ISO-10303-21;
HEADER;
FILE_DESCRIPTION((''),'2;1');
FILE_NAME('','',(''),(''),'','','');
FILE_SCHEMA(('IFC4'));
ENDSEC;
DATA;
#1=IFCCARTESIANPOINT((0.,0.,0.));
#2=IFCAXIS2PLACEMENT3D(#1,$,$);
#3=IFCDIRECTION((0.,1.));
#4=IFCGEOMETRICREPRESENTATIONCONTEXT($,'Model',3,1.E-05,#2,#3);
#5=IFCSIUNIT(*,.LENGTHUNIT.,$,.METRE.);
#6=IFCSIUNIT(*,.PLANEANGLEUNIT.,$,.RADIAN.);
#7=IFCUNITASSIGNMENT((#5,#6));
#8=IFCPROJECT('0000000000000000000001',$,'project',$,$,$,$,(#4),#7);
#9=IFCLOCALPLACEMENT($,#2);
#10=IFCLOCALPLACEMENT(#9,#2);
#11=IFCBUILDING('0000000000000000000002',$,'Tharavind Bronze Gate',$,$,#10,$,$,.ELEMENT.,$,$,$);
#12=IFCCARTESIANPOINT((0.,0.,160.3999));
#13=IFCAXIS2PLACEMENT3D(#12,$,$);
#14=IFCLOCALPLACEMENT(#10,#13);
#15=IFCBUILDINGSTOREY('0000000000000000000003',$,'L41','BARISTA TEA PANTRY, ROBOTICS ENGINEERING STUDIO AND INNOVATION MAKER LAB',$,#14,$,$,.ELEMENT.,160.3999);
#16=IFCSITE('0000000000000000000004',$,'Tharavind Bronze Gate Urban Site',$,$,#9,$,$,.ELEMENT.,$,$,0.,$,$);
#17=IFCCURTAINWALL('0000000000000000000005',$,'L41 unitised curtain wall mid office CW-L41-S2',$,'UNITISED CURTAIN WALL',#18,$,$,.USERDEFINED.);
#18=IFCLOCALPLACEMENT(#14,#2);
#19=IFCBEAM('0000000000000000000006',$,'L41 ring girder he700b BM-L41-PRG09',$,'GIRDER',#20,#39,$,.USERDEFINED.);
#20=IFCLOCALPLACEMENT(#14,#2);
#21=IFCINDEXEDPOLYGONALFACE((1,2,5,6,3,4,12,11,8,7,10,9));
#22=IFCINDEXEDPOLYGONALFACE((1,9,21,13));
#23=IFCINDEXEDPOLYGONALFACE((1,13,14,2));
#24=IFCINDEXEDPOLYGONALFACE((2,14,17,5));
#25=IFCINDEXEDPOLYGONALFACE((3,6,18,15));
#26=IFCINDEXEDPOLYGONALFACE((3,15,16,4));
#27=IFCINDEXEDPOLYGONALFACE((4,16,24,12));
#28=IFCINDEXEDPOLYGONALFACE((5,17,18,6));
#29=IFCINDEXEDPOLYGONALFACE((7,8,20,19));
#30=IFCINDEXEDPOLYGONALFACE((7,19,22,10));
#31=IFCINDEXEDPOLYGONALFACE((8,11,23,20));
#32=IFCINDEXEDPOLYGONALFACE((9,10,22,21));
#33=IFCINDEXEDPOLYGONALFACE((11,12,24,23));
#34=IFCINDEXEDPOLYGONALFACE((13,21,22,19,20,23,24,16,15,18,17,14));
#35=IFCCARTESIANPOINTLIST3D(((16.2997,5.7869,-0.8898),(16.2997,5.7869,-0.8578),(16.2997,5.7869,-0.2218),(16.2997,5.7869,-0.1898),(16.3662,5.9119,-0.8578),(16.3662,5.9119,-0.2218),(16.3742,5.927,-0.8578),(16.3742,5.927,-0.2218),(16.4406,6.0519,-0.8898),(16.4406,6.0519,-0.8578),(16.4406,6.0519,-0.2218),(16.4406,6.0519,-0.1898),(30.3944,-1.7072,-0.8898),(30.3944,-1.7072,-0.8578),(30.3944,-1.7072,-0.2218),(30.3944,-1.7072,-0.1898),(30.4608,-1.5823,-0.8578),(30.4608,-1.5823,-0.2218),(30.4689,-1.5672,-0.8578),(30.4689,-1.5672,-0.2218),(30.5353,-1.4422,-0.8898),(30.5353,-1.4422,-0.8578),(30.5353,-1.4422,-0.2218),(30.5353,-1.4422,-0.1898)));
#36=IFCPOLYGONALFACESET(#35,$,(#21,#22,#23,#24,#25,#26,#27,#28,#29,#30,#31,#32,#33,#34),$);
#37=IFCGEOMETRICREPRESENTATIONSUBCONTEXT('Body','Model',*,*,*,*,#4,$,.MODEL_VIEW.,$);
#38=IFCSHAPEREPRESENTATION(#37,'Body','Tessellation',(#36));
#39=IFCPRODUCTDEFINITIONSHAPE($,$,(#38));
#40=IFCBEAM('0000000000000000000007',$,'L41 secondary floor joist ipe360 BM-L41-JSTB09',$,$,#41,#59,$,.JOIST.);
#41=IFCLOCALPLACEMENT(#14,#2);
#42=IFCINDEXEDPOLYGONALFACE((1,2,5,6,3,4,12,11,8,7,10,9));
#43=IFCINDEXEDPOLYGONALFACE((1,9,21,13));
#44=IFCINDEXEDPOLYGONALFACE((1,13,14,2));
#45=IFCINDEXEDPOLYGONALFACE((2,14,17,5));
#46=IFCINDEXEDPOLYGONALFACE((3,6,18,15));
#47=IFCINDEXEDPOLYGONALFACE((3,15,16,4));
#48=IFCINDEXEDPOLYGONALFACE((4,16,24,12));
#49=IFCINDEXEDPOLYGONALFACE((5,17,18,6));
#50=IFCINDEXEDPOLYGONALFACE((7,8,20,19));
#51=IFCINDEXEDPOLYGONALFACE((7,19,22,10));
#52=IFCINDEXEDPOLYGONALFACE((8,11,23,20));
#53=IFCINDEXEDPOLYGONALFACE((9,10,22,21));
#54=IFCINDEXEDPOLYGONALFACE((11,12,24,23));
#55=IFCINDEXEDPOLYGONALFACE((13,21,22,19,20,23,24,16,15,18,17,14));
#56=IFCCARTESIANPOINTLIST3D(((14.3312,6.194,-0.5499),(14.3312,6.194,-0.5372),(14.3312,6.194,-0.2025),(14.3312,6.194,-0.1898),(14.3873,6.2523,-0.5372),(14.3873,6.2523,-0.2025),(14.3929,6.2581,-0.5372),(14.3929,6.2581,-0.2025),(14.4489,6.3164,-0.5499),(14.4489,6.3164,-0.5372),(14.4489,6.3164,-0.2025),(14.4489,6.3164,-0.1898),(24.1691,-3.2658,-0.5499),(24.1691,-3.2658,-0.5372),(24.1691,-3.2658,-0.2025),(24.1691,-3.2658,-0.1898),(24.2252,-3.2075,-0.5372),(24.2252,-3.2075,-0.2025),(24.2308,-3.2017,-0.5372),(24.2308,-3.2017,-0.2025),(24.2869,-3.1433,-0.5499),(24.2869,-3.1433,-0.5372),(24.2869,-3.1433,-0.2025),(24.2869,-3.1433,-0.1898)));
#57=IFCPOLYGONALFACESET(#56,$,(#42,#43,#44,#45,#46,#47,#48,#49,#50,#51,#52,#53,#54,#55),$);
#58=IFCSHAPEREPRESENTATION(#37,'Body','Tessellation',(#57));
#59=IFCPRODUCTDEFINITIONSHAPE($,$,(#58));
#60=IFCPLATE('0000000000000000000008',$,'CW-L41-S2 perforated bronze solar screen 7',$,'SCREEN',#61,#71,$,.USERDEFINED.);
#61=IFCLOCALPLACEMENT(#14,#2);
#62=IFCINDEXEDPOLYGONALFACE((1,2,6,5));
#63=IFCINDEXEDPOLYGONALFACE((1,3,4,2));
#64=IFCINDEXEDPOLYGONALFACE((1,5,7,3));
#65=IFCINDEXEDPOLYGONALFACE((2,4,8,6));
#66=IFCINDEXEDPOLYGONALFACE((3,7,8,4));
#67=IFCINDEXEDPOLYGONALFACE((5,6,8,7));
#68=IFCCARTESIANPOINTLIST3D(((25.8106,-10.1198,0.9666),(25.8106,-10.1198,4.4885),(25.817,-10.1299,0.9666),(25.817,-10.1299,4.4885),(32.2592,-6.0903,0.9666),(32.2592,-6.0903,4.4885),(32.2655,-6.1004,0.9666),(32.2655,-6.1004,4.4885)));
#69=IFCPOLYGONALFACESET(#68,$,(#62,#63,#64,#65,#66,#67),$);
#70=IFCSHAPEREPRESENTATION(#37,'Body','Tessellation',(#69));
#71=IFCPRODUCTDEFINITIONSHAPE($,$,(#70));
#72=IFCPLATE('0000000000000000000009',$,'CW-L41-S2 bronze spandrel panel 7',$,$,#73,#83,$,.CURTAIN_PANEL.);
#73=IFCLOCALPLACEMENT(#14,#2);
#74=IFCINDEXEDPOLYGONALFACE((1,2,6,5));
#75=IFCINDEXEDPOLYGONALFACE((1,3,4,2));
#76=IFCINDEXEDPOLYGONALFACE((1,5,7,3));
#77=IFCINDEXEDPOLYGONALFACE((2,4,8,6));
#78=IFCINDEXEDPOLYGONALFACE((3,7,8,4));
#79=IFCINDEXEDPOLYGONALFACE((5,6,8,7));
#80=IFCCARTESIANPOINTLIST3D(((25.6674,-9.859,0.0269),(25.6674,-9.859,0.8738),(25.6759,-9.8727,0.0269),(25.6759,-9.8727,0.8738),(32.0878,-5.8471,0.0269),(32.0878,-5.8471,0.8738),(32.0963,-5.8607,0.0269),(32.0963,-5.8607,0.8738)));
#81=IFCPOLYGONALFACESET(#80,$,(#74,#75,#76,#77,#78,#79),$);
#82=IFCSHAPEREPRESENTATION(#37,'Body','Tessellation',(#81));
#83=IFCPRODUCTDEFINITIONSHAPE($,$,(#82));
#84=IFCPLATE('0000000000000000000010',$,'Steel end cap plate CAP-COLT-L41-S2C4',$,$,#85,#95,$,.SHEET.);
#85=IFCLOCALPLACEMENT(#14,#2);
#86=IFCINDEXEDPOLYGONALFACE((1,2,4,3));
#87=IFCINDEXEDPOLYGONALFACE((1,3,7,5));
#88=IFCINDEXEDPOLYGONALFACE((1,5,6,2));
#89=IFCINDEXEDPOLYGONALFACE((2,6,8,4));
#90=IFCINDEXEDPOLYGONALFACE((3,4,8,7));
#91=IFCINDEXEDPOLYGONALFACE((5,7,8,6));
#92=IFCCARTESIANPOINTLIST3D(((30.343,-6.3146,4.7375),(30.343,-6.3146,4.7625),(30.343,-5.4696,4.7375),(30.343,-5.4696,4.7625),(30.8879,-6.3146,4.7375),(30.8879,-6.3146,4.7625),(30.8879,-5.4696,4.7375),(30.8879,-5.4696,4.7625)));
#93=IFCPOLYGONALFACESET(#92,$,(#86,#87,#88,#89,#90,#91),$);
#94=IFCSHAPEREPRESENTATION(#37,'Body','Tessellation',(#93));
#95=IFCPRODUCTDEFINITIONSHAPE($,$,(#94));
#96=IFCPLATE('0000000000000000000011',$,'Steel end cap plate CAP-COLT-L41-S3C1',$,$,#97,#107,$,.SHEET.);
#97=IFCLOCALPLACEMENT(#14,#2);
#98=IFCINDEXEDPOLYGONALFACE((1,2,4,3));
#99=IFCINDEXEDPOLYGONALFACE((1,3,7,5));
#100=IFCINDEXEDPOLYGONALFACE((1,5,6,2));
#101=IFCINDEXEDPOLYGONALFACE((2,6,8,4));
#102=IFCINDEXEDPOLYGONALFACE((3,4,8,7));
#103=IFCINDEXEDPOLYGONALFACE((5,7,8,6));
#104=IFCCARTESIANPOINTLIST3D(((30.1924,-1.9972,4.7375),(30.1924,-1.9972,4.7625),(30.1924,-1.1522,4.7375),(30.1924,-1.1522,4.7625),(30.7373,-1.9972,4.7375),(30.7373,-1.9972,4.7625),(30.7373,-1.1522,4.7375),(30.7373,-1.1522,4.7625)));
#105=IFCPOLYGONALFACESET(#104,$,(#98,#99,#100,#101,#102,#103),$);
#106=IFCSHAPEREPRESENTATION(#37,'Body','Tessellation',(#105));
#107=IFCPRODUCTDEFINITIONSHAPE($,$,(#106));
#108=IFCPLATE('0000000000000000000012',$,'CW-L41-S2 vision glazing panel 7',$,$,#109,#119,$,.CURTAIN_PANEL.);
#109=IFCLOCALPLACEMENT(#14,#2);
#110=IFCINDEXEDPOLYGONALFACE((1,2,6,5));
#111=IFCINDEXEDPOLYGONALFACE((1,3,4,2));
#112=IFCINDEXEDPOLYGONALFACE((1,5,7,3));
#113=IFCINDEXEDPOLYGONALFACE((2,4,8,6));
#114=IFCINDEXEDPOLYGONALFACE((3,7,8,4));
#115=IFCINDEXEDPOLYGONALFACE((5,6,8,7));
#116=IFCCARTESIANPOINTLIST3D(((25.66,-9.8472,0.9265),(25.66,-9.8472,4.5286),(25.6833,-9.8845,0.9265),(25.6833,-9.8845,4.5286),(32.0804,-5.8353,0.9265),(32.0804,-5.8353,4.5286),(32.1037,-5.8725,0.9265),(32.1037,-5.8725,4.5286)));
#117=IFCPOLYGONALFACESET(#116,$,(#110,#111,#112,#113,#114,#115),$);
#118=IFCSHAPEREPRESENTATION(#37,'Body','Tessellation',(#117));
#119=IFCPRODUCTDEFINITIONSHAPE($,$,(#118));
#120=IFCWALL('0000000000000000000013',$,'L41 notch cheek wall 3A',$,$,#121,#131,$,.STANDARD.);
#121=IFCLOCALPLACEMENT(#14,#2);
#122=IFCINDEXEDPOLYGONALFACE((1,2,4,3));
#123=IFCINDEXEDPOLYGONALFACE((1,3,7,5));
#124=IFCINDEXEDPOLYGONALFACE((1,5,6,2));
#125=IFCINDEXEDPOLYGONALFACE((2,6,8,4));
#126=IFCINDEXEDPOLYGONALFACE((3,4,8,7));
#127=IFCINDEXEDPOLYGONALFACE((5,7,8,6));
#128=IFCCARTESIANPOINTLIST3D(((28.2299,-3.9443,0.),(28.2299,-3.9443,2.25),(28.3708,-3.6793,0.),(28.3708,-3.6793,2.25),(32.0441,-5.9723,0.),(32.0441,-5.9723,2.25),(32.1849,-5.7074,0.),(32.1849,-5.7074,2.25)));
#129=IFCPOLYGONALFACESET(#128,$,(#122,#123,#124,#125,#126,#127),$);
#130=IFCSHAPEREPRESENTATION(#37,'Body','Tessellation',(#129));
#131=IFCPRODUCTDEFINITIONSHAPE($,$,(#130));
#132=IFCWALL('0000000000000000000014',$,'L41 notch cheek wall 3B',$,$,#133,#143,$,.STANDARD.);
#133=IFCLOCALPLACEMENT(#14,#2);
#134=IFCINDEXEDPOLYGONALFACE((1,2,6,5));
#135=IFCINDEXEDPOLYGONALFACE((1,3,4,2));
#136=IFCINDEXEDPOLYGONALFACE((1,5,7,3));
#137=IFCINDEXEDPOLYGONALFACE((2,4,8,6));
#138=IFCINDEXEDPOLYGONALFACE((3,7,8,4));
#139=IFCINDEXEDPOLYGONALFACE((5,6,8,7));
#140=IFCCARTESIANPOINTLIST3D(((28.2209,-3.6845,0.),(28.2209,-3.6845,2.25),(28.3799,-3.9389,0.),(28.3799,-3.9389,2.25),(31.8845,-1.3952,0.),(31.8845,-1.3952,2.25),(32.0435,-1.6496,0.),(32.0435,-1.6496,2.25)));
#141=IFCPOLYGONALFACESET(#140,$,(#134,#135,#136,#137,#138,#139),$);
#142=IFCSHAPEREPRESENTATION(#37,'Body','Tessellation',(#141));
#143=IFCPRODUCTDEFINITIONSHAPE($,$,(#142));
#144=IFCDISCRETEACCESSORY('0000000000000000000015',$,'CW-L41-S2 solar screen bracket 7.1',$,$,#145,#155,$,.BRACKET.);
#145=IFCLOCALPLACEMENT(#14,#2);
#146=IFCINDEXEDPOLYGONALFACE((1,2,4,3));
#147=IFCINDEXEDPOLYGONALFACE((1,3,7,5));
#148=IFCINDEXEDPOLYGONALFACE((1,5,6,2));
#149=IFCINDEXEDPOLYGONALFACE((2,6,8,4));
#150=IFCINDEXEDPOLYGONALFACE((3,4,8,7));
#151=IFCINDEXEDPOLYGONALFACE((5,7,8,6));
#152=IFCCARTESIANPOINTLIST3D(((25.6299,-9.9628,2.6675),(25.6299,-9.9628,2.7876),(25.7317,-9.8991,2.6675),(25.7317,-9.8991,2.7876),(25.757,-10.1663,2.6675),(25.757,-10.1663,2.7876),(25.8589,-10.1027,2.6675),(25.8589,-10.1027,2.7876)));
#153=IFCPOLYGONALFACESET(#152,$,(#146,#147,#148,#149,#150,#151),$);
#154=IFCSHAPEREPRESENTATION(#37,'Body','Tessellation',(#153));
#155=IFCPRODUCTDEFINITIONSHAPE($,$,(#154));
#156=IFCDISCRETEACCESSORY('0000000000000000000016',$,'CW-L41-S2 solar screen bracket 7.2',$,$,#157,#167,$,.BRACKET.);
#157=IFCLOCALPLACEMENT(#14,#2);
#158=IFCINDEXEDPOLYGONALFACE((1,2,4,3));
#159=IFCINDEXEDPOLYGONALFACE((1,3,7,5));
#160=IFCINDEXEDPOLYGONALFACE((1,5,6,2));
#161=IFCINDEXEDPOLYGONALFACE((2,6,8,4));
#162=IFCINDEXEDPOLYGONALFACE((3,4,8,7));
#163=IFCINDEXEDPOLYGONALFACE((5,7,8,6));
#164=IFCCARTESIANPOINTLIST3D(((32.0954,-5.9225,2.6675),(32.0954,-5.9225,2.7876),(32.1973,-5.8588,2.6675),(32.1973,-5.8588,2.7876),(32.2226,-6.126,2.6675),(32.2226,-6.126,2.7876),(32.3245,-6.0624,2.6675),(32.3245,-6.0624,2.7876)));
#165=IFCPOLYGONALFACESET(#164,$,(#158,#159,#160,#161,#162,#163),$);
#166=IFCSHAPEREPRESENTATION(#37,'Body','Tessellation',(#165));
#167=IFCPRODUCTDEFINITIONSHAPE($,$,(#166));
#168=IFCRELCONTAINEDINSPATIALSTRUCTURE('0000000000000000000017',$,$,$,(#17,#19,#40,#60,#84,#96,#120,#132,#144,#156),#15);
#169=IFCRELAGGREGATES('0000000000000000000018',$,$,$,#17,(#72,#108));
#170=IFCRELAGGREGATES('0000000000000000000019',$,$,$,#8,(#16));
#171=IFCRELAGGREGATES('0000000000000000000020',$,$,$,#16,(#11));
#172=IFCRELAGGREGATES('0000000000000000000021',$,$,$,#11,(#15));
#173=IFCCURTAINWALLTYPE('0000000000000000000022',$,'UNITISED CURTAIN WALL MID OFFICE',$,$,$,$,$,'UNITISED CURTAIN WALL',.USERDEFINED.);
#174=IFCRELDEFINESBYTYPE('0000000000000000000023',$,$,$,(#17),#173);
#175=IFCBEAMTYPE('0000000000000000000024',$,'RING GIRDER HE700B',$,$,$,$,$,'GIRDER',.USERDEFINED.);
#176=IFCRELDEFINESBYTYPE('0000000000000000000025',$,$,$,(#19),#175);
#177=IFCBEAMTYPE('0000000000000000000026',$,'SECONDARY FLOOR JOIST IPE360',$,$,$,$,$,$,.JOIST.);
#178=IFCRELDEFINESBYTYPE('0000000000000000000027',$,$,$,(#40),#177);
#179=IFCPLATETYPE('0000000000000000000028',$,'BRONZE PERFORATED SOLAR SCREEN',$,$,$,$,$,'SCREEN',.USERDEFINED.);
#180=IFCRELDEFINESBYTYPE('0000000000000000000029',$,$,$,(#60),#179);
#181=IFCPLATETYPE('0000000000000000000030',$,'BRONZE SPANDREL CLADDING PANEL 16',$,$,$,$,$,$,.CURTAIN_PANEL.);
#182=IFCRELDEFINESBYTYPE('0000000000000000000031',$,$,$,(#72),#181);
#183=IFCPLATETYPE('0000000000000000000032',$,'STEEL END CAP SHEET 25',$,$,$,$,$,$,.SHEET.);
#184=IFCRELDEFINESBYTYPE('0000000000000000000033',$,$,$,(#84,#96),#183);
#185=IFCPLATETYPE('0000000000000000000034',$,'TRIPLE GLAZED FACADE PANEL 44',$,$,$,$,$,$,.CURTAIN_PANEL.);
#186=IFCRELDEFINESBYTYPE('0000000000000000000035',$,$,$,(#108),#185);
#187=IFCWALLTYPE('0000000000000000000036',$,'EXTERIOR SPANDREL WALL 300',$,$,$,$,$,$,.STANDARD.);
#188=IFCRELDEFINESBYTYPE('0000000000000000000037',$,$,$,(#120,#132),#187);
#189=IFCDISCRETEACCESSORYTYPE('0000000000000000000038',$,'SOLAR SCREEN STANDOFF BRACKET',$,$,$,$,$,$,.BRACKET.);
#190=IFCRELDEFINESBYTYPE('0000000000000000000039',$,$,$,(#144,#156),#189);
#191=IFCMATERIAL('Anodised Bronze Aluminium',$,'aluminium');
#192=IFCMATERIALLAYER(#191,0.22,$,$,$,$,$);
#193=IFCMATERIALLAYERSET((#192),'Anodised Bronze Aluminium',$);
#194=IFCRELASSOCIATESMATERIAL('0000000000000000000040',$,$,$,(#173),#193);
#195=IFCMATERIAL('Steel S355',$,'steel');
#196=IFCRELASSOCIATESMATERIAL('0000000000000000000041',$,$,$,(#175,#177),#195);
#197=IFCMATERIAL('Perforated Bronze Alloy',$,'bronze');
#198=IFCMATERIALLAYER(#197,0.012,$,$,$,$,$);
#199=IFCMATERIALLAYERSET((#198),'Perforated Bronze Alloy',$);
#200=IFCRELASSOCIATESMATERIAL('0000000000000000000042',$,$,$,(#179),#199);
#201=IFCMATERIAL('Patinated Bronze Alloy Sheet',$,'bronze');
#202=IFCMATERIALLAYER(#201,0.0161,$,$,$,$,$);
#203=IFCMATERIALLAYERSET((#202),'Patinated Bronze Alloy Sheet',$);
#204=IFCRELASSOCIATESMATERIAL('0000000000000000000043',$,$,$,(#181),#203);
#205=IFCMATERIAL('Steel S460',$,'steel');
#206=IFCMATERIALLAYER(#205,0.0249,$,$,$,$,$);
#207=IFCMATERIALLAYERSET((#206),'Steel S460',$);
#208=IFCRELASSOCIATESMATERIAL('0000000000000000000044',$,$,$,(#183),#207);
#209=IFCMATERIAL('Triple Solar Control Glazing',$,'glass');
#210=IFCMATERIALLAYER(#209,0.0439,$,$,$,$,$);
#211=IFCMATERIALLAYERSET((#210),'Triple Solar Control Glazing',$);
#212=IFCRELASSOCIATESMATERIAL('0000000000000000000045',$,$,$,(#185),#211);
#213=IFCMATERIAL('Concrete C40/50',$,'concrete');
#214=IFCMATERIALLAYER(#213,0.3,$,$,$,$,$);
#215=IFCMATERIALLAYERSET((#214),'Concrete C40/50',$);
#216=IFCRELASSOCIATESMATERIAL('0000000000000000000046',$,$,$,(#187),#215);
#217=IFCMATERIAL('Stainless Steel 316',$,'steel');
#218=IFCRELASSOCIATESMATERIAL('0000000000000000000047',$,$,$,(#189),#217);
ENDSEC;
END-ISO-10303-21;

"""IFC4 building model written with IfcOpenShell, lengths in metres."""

from ifc_helpers import new_model, si_unit, direction, frame, frame_2d, origin, origin_2d, place, context, subcontext, project, spatial, rectangle, i_section, extrude, material, layer, layer_set, material_profile, profile_set, type_object, element, aggregate, save


model = new_model("IFC4")

# Units and contexts
model_context = context("Model", 3, precision=1e-05, world=origin(), true_north=direction((0.0, 1.0)))
body_context = subcontext(model_context, "Body", "Model", "MODEL_VIEW")
ifc_project = project(units=[si_unit("LENGTHUNIT", "METRE"), si_unit("PLANEANGLEUNIT", "RADIAN")], contexts=[model_context])

# Site, building, storey
site_placement = place(None, origin())
site = spatial("IfcSite", under=ifc_project, at=site_placement, Name="Tharavind Bronze Gate Urban Site", CompositionType="ELEMENT", RefElevation=0.0)
building_placement = place(site_placement, origin())
building = spatial("IfcBuilding", under=site, at=building_placement, Name="Tharavind Bronze Gate", CompositionType="ELEMENT")
storey_placement = place(building_placement, frame((0.0, 0.0, 160.3999)))
storey = spatial("IfcBuildingStorey", under=building, at=storey_placement, Name="L41", Description="BARISTA TEA PANTRY, ROBOTICS ENGINEERING STUDIO AND INNOVATION MAKER LAB", CompositionType="ELEMENT", Elevation=160.3999)

# Shared definitions
ifc_material_1 = material(Name="Steel S460", Category="steel")

# Curtain wall
ifc_material_2 = material(Name="Anodised Bronze Aluminium", Category="aluminium")
ifc_layer_1 = layer(ifc_material_2, 0.22)
ifc_layer_set_1 = layer_set([ifc_layer_1], Name="Anodised Bronze Aluminium")
curtain_wall_type = type_object("IfcCurtainWallType", Name="UNITISED CURTAIN WALL MID OFFICE", ElementType="UNITISED CURTAIN WALL", PredefinedType="USERDEFINED", material=ifc_layer_set_1)
curtain_wall_1_placement = place(storey_placement, origin())
curtain_wall_1 = element("IfcCurtainWall", 1, at=curtain_wall_1_placement, inside=storey, type_object=curtain_wall_type, Name="L41 unitised curtain wall mid office CW-L41-S2", ObjectType="UNITISED CURTAIN WALL", PredefinedType="USERDEFINED")

# Beams
ifc_material_3 = material(Name="Steel S355", Category="steel")
ifc_material_profile_1 = material_profile(ifc_material_3, i_section(OverallWidth=0.3, OverallDepth=0.7, WebThickness=0.0171, FlangeThickness=0.032, at=origin_2d()), Name="HE700B")
ifc_profile_set_1 = profile_set([ifc_material_profile_1], Name="Steel S355")
beam_type_1 = type_object("IfcBeamType", Name="RING GIRDER HE700B", ElementType="GIRDER", PredefinedType="USERDEFINED", material=ifc_profile_set_1)
beam_1_placement = place(storey_placement, frame((30.4648, -1.5747, -0.5398), z_axis=(-0.882952, 0.469464, 0.0), x_axis=(-0.469464, -0.882952, 0.0)))
element("IfcBeam", 2, at=beam_1_placement, inside=storey, type_object=beam_type_1, Name="L41 ring girder he700b BM-L41-PRG09", ObjectType="GIRDER", PredefinedType="USERDEFINED", context=body_context, shape_type="SweptSolid", body=[
    extrude(i_section(OverallWidth=0.3, OverallDepth=0.7, WebThickness=0.0171, FlangeThickness=0.032, at=origin_2d()), origin(), (0.0, 0.0, 1.0), 15.9631),
])
ifc_material_profile_2 = material_profile(ifc_material_3, i_section(OverallWidth=0.1699, OverallDepth=0.3601, WebThickness=0.0081, FlangeThickness=0.0127, at=origin_2d()), Name="IPE360")
ifc_profile_set_2 = profile_set([ifc_material_profile_2], Name="Steel S355")
beam_type_2 = type_object("IfcBeamType", Name="SECONDARY FLOOR JOIST IPE360", PredefinedType="JOIST", material=ifc_profile_set_2)
beam_2_placement = place(storey_placement, frame((24.228, -3.2046, -0.3699), z_axis=(-0.720826, 0.693117, 0.0), x_axis=(-0.693117, -0.720826, 0.0)))
element("IfcBeam", 3, at=beam_2_placement, inside=storey, type_object=beam_type_2, Name="L41 secondary floor joist ipe360 BM-L41-JSTB09", PredefinedType="JOIST", context=body_context, shape_type="SweptSolid", body=[
    extrude(i_section(OverallWidth=0.1699, OverallDepth=0.3601, WebThickness=0.0081, FlangeThickness=0.0127, at=origin_2d()), origin(), (0.0, 0.0, 1.0), 13.6482),
])

# Plates
ifc_material_4 = material(Name="Perforated Bronze Alloy", Category="bronze")
ifc_layer_2 = layer(ifc_material_4, 0.012)
ifc_layer_set_2 = layer_set([ifc_layer_2], Name="Perforated Bronze Alloy")
plate_type_1 = type_object("IfcPlateType", Name="BRONZE PERFORATED SOLAR SCREEN", ElementType="SCREEN", PredefinedType="USERDEFINED", material=ifc_layer_set_2)
plate_1_placement = place(storey_placement, frame((29.0381, -8.1101, 0.9666), z_axis=(0.0, 0.0, 1.0), x_axis=(0.848048, 0.529919, 0.0)))
element("IfcPlate", 4, at=plate_1_placement, inside=storey, type_object=plate_type_1, Name="CW-L41-S2 perforated bronze solar screen 7", ObjectType="SCREEN", PredefinedType="USERDEFINED", context=body_context, shape_type="SweptSolid", body=[
    extrude(rectangle(XDim=7.604, YDim=0.012, at=origin_2d()), origin(), (0.0, 0.0, 1.0), 3.522),
])
ifc_material_5 = material(Name="Patinated Bronze Alloy Sheet", Category="bronze")
ifc_layer_3 = layer(ifc_material_5, 0.0161)
ifc_layer_set_3 = layer_set([ifc_layer_3], Name="Patinated Bronze Alloy Sheet")
plate_type_2 = type_object("IfcPlateType", Name="BRONZE SPANDREL CLADDING PANEL 16", PredefinedType="CURTAIN_PANEL", material=ifc_layer_set_3)
plate_2_placement = place(storey_placement, frame((28.8818, -7.8599, 0.0269), z_axis=(0.0, 0.0, 1.0), x_axis=(0.848048, 0.529919, 0.0)))
plate_2 = element("IfcPlate", 5, at=plate_2_placement, type_object=plate_type_2, Name="CW-L41-S2 bronze spandrel panel 7", PredefinedType="CURTAIN_PANEL", context=body_context, shape_type="SweptSolid", body=[
    extrude(rectangle(XDim=7.5708, YDim=0.0161, at=origin_2d()), origin(), (0.0, 0.0, 1.0), 0.8469),
])

# Plates
ifc_layer_4 = layer(ifc_material_1, 0.0249)
ifc_layer_set_4 = layer_set([ifc_layer_4], Name="Steel S460")
plate_type_3 = type_object("IfcPlateType", Name="STEEL END CAP SHEET 25", PredefinedType="SHEET", material=ifc_layer_set_4)
for number, where, z_axis, x_axis, name in (
    (6, (30.6155, -5.8921, 4.7375), (0.0, 0.0, 1.0), (1.0, 0.0, 0.0), "Steel end cap plate CAP-COLT-L41-S2C4"),
    (7, (30.4648, -1.5747, 4.7375), (0.0, 0.0, 1.0), (1.0, 0.0, 0.0), "Steel end cap plate CAP-COLT-L41-S3C1"),
):
    element("IfcPlate", number, at=place(storey_placement, frame(where, z_axis=z_axis, x_axis=x_axis)), inside=storey, type_object=plate_type_3, Name=name, PredefinedType="SHEET", context=body_context, shape_type="SweptSolid", body=[
        extrude(rectangle(XDim=0.5449, YDim=0.845, at=origin_2d()), origin(), (0.0, 0.0, 1.0), 0.0249),
    ])

# Plate
ifc_material_6 = material(Name="Triple Solar Control Glazing", Category="glass")
ifc_layer_5 = layer(ifc_material_6, 0.0439)
ifc_layer_set_5 = layer_set([ifc_layer_5], Name="Triple Solar Control Glazing")
plate_type_4 = type_object("IfcPlateType", Name="TRIPLE GLAZED FACADE PANEL 44", PredefinedType="CURTAIN_PANEL", material=ifc_layer_set_5)
plate_3_placement = place(storey_placement, frame((28.8818, -7.8599, 0.9265), z_axis=(0.0, 0.0, 1.0), x_axis=(0.848048, 0.529919, 0.0)))
plate_3 = element("IfcPlate", 8, at=plate_3_placement, type_object=plate_type_4, Name="CW-L41-S2 vision glazing panel 7", PredefinedType="CURTAIN_PANEL", context=body_context, shape_type="SweptSolid", body=[
    extrude(rectangle(XDim=7.5708, YDim=0.0439, at=origin_2d()), origin(), (0.0, 0.0, 1.0), 3.6021),
])
aggregate(curtain_wall_1, [plate_2, plate_3])

# Walls
ifc_material_7 = material(Name="Concrete C40/50", Category="concrete")
ifc_layer_6 = layer(ifc_material_7, 0.3)
ifc_layer_set_6 = layer_set([ifc_layer_6], Name="Concrete C40/50")
wall_type = type_object("IfcWallType", Name="EXTERIOR SPANDREL WALL 300", PredefinedType="STANDARD", material=ifc_layer_set_6)
wall_1_placement = place(storey_placement, frame((32.1145, -5.8398, 0.0), z_axis=(0.0, 0.0, 1.0), x_axis=(-0.882945, 0.469476, 0.0)))
element("IfcWall", 9, at=wall_1_placement, inside=storey, type_object=wall_type, Name="L41 notch cheek wall 3A", PredefinedType="STANDARD", context=body_context, shape_type="SweptSolid", body=[
    extrude(rectangle(XDim=4.3198, YDim=0.3, at=frame_2d((2.1599, 0.0))), origin(), (0.0, 0.0, 1.0), 2.25),
])
wall_2_placement = place(storey_placement, frame((28.3003, -3.8118, 0.0), z_axis=(0.0, 0.0, 1.0), x_axis=(0.848043, 0.529928, 0.0)))
element("IfcWall", 10, at=wall_2_placement, inside=storey, type_object=wall_type, Name="L41 notch cheek wall 3B", PredefinedType="STANDARD", context=body_context, shape_type="SweptSolid", body=[
    extrude(rectangle(XDim=4.3201, YDim=0.3, at=frame_2d((2.1602, 0.0))), origin(), (0.0, 0.0, 1.0), 2.25),
])

# Discrete accessories
ifc_material_8 = material(Name="Stainless Steel 316", Category="steel")
discrete_accessory_type = type_object("IfcDiscreteAccessoryType", Name="SOLAR SCREEN STANDOFF BRACKET", PredefinedType="BRACKET", material=ifc_material_8)
for number, where, z_axis, x_axis, name in (
    (11, (25.7444, -10.0327, 2.6675), (0.0, 0.0, 1.0), (0.848048, 0.529919, 0.0), "CW-L41-S2 solar screen bracket 7.1"),
    (12, (32.21, -5.9924, 2.6675), (0.0, 0.0, 1.0), (0.848048, 0.529919, 0.0), "CW-L41-S2 solar screen bracket 7.2"),
):
    element("IfcDiscreteAccessory", number, at=place(storey_placement, frame(where, z_axis=z_axis, x_axis=x_axis)), inside=storey, type_object=discrete_accessory_type, Name=name, PredefinedType="BRACKET", context=body_context, shape_type="SweptSolid", body=[
        extrude(rectangle(XDim=0.1201, YDim=0.24, at=origin_2d()), origin(), (0.0, 0.0, 1.0), 0.1201),
    ])

save(model, "model.ifc")
